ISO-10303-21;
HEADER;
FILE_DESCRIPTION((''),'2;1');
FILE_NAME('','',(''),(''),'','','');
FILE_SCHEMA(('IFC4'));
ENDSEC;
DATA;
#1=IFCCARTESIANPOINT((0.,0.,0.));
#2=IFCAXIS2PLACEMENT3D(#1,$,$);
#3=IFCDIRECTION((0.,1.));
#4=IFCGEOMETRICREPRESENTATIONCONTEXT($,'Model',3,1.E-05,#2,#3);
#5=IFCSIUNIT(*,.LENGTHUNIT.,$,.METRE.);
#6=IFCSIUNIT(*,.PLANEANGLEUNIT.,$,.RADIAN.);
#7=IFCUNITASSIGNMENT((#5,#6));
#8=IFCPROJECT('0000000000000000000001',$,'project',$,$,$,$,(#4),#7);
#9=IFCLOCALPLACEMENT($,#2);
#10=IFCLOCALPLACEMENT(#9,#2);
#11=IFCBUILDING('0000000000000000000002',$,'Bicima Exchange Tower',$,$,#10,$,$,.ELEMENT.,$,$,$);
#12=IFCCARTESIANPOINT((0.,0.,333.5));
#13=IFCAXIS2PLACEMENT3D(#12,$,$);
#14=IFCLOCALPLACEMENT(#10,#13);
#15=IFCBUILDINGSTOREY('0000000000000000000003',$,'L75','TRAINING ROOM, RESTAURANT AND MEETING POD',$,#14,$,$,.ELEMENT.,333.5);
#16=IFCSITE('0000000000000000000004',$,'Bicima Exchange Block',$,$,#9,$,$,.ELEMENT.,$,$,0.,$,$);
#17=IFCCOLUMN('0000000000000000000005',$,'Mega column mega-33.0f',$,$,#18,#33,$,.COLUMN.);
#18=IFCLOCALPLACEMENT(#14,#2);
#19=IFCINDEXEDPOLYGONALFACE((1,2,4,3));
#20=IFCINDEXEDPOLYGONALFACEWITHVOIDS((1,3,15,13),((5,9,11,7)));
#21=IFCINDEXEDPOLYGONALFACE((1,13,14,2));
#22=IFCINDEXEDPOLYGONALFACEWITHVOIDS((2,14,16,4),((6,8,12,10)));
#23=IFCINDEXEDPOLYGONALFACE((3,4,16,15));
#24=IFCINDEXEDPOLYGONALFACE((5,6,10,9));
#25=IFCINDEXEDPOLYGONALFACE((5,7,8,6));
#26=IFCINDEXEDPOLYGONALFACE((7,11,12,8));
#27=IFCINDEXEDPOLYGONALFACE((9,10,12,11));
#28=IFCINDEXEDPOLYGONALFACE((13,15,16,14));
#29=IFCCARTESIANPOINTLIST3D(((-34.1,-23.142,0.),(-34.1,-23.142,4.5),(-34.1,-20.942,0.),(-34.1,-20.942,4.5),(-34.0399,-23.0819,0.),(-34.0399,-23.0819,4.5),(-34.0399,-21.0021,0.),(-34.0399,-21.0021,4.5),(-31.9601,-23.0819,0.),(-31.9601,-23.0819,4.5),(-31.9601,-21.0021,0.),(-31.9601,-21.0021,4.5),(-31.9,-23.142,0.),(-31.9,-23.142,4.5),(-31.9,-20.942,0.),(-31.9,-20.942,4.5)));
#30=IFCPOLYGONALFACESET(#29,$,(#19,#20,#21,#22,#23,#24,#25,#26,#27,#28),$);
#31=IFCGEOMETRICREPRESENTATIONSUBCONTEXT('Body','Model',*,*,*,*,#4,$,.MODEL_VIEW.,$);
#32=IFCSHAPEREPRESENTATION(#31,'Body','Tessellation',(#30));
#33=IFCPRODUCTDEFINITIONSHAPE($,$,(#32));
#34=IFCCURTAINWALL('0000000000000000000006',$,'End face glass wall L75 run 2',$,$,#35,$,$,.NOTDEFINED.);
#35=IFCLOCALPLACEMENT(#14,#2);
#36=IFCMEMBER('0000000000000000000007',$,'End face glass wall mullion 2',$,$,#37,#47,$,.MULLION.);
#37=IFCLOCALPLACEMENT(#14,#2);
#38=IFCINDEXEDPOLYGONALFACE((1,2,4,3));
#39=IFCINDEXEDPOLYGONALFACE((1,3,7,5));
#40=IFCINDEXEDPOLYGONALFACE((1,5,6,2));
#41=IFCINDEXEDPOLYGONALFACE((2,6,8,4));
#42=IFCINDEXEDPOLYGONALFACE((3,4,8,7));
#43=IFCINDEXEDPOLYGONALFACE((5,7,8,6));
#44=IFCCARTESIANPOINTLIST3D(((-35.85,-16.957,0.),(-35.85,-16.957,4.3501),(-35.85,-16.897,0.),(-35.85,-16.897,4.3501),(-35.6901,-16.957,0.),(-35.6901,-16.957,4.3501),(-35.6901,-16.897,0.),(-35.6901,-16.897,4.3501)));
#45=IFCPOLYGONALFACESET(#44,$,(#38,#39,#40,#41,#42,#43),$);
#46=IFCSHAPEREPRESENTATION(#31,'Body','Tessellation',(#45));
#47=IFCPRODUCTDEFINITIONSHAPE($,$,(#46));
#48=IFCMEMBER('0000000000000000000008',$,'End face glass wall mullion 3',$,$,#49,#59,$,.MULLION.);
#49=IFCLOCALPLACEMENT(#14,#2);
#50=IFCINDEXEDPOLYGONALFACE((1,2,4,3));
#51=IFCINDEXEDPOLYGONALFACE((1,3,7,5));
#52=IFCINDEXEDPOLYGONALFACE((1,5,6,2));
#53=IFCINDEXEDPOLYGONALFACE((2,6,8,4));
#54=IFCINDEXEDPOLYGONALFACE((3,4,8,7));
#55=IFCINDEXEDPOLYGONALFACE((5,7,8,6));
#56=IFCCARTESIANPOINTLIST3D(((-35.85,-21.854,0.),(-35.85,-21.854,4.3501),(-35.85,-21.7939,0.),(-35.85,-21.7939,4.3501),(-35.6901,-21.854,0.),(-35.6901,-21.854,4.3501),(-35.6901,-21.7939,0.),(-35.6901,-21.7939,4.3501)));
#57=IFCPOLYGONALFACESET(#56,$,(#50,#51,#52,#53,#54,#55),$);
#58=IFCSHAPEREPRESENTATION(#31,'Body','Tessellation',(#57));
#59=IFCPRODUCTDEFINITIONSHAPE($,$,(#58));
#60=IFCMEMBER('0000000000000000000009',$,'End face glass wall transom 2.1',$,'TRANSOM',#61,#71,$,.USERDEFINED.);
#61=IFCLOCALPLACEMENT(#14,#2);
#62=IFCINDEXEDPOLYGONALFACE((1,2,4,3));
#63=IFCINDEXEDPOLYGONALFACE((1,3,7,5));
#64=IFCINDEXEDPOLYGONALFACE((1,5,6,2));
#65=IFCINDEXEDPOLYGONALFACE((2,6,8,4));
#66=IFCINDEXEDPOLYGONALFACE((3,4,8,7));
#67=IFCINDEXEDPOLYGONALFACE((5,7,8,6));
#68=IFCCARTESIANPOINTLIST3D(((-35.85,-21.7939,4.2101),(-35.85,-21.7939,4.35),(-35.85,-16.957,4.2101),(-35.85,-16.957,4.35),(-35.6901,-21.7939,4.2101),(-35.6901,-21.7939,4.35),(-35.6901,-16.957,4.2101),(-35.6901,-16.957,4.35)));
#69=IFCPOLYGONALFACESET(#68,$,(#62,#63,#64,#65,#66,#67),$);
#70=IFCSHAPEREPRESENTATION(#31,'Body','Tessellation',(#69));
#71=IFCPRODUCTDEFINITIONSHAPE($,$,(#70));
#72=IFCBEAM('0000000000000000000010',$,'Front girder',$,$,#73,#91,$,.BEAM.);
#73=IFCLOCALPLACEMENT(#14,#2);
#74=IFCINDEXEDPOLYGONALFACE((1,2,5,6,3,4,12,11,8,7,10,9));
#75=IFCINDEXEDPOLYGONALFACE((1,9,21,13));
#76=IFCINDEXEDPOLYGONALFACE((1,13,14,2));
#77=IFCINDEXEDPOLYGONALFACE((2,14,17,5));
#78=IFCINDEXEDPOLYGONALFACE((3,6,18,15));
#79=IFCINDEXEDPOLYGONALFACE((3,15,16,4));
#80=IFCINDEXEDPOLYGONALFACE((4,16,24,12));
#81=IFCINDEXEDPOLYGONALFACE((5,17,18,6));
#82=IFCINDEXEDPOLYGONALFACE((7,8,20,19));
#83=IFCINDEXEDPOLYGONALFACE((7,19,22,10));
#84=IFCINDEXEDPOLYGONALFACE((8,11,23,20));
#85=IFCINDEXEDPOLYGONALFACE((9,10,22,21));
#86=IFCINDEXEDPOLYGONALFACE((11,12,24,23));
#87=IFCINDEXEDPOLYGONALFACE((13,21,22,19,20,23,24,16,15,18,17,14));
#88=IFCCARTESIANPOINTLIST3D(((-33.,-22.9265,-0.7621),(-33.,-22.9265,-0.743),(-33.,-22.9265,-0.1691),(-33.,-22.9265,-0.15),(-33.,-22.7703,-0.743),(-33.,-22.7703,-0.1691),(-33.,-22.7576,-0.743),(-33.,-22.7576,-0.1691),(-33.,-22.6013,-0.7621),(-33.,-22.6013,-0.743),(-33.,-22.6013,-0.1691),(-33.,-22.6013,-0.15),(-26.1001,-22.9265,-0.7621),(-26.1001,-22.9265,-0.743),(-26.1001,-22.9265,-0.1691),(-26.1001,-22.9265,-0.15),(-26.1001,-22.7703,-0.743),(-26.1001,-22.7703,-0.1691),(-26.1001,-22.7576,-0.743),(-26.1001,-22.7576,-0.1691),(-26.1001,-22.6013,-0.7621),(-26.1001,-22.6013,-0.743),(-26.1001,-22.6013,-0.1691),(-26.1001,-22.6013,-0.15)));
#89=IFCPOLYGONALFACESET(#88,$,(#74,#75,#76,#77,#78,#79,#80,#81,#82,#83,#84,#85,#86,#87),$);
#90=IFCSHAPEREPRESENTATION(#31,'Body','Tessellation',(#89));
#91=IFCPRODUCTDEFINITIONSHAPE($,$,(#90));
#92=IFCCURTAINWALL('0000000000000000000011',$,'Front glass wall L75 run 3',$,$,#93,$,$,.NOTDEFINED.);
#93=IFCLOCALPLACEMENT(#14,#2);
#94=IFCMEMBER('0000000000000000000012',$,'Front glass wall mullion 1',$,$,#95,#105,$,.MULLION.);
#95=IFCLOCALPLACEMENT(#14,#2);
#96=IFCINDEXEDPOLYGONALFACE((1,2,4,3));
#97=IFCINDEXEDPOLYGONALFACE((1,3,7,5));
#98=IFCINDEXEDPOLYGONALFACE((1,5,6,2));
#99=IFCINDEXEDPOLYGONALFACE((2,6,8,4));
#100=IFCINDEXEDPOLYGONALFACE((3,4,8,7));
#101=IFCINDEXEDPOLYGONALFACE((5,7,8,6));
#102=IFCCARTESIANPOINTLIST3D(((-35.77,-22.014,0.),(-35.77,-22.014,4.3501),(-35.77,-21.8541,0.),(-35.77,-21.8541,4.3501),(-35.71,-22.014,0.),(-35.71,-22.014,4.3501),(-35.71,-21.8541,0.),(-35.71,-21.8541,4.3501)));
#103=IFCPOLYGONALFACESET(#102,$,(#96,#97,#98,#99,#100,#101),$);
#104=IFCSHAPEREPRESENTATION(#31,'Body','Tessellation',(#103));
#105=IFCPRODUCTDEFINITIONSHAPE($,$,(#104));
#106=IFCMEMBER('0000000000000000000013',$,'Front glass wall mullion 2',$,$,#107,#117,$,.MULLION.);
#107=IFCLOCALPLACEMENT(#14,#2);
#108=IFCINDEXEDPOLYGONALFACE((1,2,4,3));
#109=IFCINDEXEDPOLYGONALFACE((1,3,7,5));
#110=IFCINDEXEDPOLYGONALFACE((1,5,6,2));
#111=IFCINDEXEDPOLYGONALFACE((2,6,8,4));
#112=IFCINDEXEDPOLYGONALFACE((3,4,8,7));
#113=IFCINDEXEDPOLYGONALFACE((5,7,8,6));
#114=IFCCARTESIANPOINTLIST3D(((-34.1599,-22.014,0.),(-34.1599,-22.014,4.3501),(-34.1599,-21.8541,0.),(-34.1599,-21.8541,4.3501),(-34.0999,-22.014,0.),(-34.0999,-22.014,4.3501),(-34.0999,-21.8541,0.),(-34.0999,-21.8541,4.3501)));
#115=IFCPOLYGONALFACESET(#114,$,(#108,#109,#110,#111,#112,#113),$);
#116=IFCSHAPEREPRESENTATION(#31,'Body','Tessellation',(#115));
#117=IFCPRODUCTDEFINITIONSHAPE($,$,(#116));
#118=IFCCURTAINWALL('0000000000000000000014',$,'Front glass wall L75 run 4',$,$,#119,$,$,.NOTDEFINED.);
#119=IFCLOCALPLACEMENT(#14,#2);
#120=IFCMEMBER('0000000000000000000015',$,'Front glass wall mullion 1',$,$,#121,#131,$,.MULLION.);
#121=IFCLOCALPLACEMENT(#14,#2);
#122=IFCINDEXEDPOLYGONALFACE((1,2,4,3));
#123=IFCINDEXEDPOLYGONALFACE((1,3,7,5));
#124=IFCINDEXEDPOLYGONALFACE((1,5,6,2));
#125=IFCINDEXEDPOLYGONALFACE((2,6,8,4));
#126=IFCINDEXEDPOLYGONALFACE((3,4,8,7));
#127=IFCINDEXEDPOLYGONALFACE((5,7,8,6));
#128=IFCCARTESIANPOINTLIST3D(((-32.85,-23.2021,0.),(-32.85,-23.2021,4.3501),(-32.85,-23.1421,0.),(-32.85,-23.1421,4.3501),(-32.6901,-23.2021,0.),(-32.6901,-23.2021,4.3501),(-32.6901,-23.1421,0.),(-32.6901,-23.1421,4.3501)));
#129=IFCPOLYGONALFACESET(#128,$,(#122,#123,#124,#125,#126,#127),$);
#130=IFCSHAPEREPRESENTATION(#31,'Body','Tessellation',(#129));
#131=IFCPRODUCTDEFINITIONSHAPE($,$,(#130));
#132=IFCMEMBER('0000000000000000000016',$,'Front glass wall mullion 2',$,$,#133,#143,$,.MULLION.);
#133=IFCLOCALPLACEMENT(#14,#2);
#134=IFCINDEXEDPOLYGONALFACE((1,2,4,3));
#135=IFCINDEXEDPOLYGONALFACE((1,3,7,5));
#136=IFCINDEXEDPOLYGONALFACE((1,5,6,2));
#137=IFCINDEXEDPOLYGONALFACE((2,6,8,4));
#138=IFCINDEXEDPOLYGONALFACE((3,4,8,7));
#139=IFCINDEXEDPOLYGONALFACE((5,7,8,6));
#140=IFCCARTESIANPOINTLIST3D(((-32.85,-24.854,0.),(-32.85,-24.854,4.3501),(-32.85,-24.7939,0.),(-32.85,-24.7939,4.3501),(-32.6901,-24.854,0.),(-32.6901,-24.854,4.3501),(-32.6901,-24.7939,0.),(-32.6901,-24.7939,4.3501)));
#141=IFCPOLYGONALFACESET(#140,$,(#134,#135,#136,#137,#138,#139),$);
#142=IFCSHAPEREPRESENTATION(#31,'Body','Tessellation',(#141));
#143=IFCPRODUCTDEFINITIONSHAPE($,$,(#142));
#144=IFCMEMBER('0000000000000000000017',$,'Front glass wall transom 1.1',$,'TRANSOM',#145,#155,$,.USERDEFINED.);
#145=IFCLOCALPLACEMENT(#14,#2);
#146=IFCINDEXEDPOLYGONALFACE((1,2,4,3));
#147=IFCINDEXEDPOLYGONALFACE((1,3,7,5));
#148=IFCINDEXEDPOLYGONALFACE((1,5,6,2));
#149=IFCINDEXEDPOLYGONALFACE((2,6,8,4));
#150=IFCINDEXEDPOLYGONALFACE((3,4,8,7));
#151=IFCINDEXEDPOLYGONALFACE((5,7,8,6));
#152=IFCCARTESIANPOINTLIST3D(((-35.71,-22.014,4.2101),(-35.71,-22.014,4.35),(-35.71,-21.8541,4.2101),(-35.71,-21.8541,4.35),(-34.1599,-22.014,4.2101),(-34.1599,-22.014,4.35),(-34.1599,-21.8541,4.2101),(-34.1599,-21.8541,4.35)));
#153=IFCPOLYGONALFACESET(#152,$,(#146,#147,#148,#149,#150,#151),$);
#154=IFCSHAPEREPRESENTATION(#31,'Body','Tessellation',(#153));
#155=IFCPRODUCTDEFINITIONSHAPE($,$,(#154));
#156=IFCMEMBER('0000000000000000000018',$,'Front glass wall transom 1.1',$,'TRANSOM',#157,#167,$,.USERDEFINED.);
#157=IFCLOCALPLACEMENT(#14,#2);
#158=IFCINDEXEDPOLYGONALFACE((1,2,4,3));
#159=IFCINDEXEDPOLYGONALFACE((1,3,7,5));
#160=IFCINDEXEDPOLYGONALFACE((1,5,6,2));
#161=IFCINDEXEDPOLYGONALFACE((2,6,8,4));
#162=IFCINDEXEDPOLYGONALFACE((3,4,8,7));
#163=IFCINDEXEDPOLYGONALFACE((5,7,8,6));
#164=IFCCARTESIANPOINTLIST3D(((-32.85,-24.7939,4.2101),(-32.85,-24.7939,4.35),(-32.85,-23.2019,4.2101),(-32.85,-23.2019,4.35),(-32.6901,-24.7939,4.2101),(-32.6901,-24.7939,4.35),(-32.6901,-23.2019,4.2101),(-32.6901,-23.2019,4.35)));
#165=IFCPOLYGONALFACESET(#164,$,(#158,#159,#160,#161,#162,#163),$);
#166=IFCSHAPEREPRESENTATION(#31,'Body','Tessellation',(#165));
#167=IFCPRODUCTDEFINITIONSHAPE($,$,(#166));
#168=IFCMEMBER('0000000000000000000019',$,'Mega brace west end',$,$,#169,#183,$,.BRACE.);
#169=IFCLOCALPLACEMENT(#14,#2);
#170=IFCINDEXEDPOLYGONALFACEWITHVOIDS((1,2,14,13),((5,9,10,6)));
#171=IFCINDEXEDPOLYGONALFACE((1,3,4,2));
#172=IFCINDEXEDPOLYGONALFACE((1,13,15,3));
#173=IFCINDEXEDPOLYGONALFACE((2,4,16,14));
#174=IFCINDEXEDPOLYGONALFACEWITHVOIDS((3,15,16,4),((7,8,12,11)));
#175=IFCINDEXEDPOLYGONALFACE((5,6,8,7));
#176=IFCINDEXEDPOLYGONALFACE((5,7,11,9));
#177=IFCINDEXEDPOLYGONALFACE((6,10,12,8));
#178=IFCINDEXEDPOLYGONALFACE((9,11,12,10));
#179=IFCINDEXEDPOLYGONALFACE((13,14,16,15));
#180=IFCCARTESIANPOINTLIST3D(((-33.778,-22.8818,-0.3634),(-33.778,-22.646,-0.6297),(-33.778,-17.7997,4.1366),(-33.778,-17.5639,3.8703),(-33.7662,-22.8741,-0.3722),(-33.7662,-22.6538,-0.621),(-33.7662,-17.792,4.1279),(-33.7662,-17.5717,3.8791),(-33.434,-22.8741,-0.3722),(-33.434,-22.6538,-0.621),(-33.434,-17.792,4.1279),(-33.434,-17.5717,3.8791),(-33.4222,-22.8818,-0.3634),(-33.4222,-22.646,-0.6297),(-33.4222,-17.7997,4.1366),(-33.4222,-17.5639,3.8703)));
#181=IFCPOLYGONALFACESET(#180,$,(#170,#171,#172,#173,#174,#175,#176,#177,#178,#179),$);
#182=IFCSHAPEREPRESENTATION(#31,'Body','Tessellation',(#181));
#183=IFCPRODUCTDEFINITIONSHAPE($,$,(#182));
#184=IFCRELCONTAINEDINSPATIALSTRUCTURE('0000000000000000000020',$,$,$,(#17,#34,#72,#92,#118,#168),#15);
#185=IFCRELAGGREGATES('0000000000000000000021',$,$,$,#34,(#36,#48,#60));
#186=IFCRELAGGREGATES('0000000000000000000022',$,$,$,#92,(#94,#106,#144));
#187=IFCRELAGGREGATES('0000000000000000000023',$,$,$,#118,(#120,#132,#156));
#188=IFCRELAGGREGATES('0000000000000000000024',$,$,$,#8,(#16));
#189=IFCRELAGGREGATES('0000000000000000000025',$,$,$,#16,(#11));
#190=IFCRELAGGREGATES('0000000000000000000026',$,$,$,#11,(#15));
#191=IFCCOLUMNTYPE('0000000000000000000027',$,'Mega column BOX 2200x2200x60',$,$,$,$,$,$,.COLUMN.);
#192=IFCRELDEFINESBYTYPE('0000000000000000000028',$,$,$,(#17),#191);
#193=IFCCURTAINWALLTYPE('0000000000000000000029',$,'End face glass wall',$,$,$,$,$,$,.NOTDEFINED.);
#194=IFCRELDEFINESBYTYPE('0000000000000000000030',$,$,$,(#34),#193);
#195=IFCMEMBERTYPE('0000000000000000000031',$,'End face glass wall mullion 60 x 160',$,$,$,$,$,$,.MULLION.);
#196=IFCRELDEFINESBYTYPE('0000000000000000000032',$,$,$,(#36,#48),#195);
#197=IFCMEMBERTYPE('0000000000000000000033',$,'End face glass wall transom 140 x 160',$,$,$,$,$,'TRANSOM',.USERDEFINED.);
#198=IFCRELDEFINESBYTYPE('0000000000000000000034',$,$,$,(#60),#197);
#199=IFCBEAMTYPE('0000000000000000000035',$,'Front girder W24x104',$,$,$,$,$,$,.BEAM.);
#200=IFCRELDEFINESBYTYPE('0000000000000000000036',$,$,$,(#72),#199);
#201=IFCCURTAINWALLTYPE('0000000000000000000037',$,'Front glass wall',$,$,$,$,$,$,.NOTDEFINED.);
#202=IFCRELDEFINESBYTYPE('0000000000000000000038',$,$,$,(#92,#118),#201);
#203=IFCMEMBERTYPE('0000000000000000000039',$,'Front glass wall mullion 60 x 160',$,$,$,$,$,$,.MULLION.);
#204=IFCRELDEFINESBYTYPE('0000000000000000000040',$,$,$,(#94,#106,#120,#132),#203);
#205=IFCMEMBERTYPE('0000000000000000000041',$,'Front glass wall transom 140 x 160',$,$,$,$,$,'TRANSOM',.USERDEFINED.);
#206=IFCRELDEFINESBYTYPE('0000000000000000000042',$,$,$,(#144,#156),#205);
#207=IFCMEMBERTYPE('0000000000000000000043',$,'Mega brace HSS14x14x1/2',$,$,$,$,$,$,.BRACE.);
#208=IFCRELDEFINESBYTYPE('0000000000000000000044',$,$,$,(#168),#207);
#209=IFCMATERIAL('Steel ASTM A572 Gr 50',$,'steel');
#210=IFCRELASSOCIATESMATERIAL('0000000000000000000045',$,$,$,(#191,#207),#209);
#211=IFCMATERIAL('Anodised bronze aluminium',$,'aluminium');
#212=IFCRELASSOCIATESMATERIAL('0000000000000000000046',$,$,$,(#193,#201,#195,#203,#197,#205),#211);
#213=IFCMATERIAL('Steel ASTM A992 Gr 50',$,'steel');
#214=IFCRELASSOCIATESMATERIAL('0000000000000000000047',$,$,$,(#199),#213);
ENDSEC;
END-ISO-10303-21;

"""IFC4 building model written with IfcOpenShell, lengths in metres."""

from ifc_helpers import new_model, si_unit, direction, frame, origin, origin_2d, place, context, subcontext, project, spatial, rectangle, hollow_rectangle, i_section, extrude, material, material_profile, profile_set, type_object, element, aggregate, save


model = new_model("IFC4")

# Units and contexts
model_context = context("Model", 3, precision=1e-05, world=origin(), true_north=direction((0.0, 1.0)))
body_context = subcontext(model_context, "Body", "Model", "MODEL_VIEW")
ifc_project = project(units=[si_unit("LENGTHUNIT", "METRE"), si_unit("PLANEANGLEUNIT", "RADIAN")], contexts=[model_context])

# Site, building, storey
site_placement = place(None, origin())
site = spatial("IfcSite", under=ifc_project, at=site_placement, Name="Bicima Exchange Block", CompositionType="ELEMENT", RefElevation=0.0)
building_placement = place(site_placement, origin())
building = spatial("IfcBuilding", under=site, at=building_placement, Name="Bicima Exchange Tower", CompositionType="ELEMENT")
storey_placement = place(building_placement, frame((0.0, 0.0, 333.5)))
storey = spatial("IfcBuildingStorey", under=building, at=storey_placement, Name="L75", Description="TRAINING ROOM, RESTAURANT AND MEETING POD", CompositionType="ELEMENT", Elevation=333.5)

# Column
ifc_material_1 = material(Name="Steel ASTM A572 Gr 50", Category="steel")
ifc_material_profile_1 = material_profile(ifc_material_1, hollow_rectangle(XDim=2.2, YDim=2.2, WallThickness=0.0601, at=origin_2d()))
ifc_profile_set_1 = profile_set([ifc_material_profile_1], Name="Steel ASTM A572 Gr 50")
column_type = type_object("IfcColumnType", Name="Mega column BOX 2200x2200x60", PredefinedType="COLUMN", material=ifc_profile_set_1)
column_placement = place(storey_placement, frame((-33.0, -22.042, 0.0), z_axis=(0.0, 0.0, 1.0), x_axis=(1.0, 0.0, 0.0)))
element("IfcColumn", 1, at=column_placement, inside=storey, type_object=column_type, Name="Mega column mega-33.0f", PredefinedType="COLUMN", context=body_context, shape_type="SweptSolid", body=[
    extrude(hollow_rectangle(XDim=2.2, YDim=2.2, WallThickness=0.0601, at=origin_2d()), origin(), (0.0, 0.0, 1.0), 4.5),
])

# Curtain wall, members
ifc_material_2 = material(Name="Anodised bronze aluminium", Category="aluminium")
curtain_wall_type_1 = type_object("IfcCurtainWallType", Name="End face glass wall", PredefinedType="NOTDEFINED", material=ifc_material_2)
curtain_wall_1_placement = place(storey_placement, origin())
curtain_wall_1 = element("IfcCurtainWall", 2, at=curtain_wall_1_placement, inside=storey, type_object=curtain_wall_type_1, Name="End face glass wall L75 run 2", PredefinedType="NOTDEFINED")
ifc_material_profile_2 = material_profile(ifc_material_2, rectangle(XDim=0.1599, YDim=0.0601, at=origin_2d()))
ifc_profile_set_2 = profile_set([ifc_material_profile_2], Name="Anodised bronze aluminium")
member_type_1 = type_object("IfcMemberType", Name="End face glass wall mullion 60 x 160", PredefinedType="MULLION", material=ifc_profile_set_2)
member_1_placement = place(storey_placement, frame((-35.77, -16.927, 0.0), z_axis=(0.0, 0.0, 1.0), x_axis=(1.0, 0.0, 0.0)))
member_1 = element("IfcMember", 3, at=member_1_placement, type_object=member_type_1, Name="End face glass wall mullion 2", PredefinedType="MULLION", context=body_context, shape_type="SweptSolid", body=[
    extrude(rectangle(XDim=0.1599, YDim=0.0601, at=origin_2d()), origin(), (0.0, 0.0, 1.0), 4.3501),
])
member_2_placement = place(storey_placement, frame((-35.77, -21.824, 0.0), z_axis=(0.0, 0.0, 1.0), x_axis=(1.0, 0.0, 0.0)))
member_2 = element("IfcMember", 4, at=member_2_placement, type_object=member_type_1, Name="End face glass wall mullion 3", PredefinedType="MULLION", context=body_context, shape_type="SweptSolid", body=[
    extrude(rectangle(XDim=0.1599, YDim=0.0601, at=origin_2d()), origin(), (0.0, 0.0, 1.0), 4.3501),
])
ifc_material_profile_3 = material_profile(ifc_material_2, rectangle(XDim=0.1599, YDim=0.1399, at=origin_2d()))
ifc_profile_set_3 = profile_set([ifc_material_profile_3], Name="Anodised bronze aluminium")
member_type_2 = type_object("IfcMemberType", Name="End face glass wall transom 140 x 160", ElementType="TRANSOM", PredefinedType="USERDEFINED", material=ifc_profile_set_3)
member_3_placement = place(storey_placement, frame((-35.77, -16.957, 4.28), z_axis=(0.0, -1.0, 0.0), x_axis=(1.0, 0.0, 0.0)))
member_3 = element("IfcMember", 5, at=member_3_placement, type_object=member_type_2, Name="End face glass wall transom 2.1", ObjectType="TRANSOM", PredefinedType="USERDEFINED", context=body_context, shape_type="SweptSolid", body=[
    extrude(rectangle(XDim=0.1599, YDim=0.1399, at=origin_2d()), origin(), (0.0, 0.0, 1.0), 4.8369),
])

# Beam
ifc_material_3 = material(Name="Steel ASTM A992 Gr 50", Category="steel")
ifc_material_profile_4 = material_profile(ifc_material_3, i_section(OverallWidth=0.3252, OverallDepth=0.6121, WebThickness=0.0127, FlangeThickness=0.019, at=origin_2d()))
ifc_profile_set_4 = profile_set([ifc_material_profile_4], Name="Steel ASTM A992 Gr 50")
beam_type = type_object("IfcBeamType", Name="Front girder W24x104", PredefinedType="BEAM", material=ifc_profile_set_4)
beam_placement = place(storey_placement, frame((-33.0, -22.7639, -0.4561), z_axis=(1.0, 0.0, 0.0), x_axis=(0.0, 1.0, 0.0)))
element("IfcBeam", 6, at=beam_placement, inside=storey, type_object=beam_type, Name="Front girder", PredefinedType="BEAM", context=body_context, shape_type="SweptSolid", body=[
    extrude(i_section(OverallWidth=0.3252, OverallDepth=0.6121, WebThickness=0.0127, FlangeThickness=0.019, at=origin_2d()), origin(), (0.0, 0.0, 1.0), 6.8999),
])

# Curtain walls, members
curtain_wall_type_2 = type_object("IfcCurtainWallType", Name="Front glass wall", PredefinedType="NOTDEFINED", material=ifc_material_2)
curtain_wall_2_placement = place(storey_placement, origin())
curtain_wall_2 = element("IfcCurtainWall", 7, at=curtain_wall_2_placement, inside=storey, type_object=curtain_wall_type_2, Name="Front glass wall L75 run 3", PredefinedType="NOTDEFINED")
member_type_3 = type_object("IfcMemberType", Name="Front glass wall mullion 60 x 160", PredefinedType="MULLION", material=ifc_profile_set_2)
member_4_placement = place(storey_placement, frame((-35.74, -21.9341, 0.0), z_axis=(0.0, 0.0, 1.0), x_axis=(0.0, 1.0, 0.0)))
member_4 = element("IfcMember", 8, at=member_4_placement, type_object=member_type_3, Name="Front glass wall mullion 1", PredefinedType="MULLION", context=body_context, shape_type="SweptSolid", body=[
    extrude(rectangle(XDim=0.1599, YDim=0.0601, at=origin_2d()), origin(), (0.0, 0.0, 1.0), 4.3501),
])
member_5_placement = place(storey_placement, frame((-34.1299, -21.9341, 0.0), z_axis=(0.0, 0.0, 1.0), x_axis=(0.0, 1.0, 0.0)))
member_5 = element("IfcMember", 9, at=member_5_placement, type_object=member_type_3, Name="Front glass wall mullion 2", PredefinedType="MULLION", context=body_context, shape_type="SweptSolid", body=[
    extrude(rectangle(XDim=0.1599, YDim=0.0601, at=origin_2d()), origin(), (0.0, 0.0, 1.0), 4.3501),
])
curtain_wall_3_placement = place(storey_placement, origin())
curtain_wall_3 = element("IfcCurtainWall", 10, at=curtain_wall_3_placement, inside=storey, type_object=curtain_wall_type_2, Name="Front glass wall L75 run 4", PredefinedType="NOTDEFINED")
member_6_placement = place(storey_placement, frame((-32.77, -23.1721, 0.0), z_axis=(0.0, 0.0, 1.0), x_axis=(1.0, 0.0, 0.0)))
member_6 = element("IfcMember", 11, at=member_6_placement, type_object=member_type_3, Name="Front glass wall mullion 1", PredefinedType="MULLION", context=body_context, shape_type="SweptSolid", body=[
    extrude(rectangle(XDim=0.1599, YDim=0.0601, at=origin_2d()), origin(), (0.0, 0.0, 1.0), 4.3501),
])
member_7_placement = place(storey_placement, frame((-32.77, -24.824, 0.0), z_axis=(0.0, 0.0, 1.0), x_axis=(1.0, 0.0, 0.0)))
member_7 = element("IfcMember", 12, at=member_7_placement, type_object=member_type_3, Name="Front glass wall mullion 2", PredefinedType="MULLION", context=body_context, shape_type="SweptSolid", body=[
    extrude(rectangle(XDim=0.1599, YDim=0.0601, at=origin_2d()), origin(), (0.0, 0.0, 1.0), 4.3501),
])

# Members
member_type_4 = type_object("IfcMemberType", Name="Front glass wall transom 140 x 160", ElementType="TRANSOM", PredefinedType="USERDEFINED", material=ifc_profile_set_3)
member_8_placement = place(storey_placement, frame((-35.71, -21.9341, 4.28), z_axis=(1.0, 0.0, 0.0), x_axis=(0.0, 1.0, 0.0)))
member_8 = element("IfcMember", 13, at=member_8_placement, type_object=member_type_4, Name="Front glass wall transom 1.1", ObjectType="TRANSOM", PredefinedType="USERDEFINED", context=body_context, shape_type="SweptSolid", body=[
    extrude(rectangle(XDim=0.1599, YDim=0.1399, at=origin_2d()), origin(), (0.0, 0.0, 1.0), 1.55),
])
member_9_placement = place(storey_placement, frame((-32.77, -23.2019, 4.28), z_axis=(0.0, -1.0, 0.0), x_axis=(1.0, 0.0, 0.0)))
member_9 = element("IfcMember", 14, at=member_9_placement, type_object=member_type_4, Name="Front glass wall transom 1.1", ObjectType="TRANSOM", PredefinedType="USERDEFINED", context=body_context, shape_type="SweptSolid", body=[
    extrude(rectangle(XDim=0.1599, YDim=0.1399, at=origin_2d()), origin(), (0.0, 0.0, 1.0), 1.592),
])
ifc_material_profile_5 = material_profile(ifc_material_1, hollow_rectangle(XDim=0.3557, YDim=0.3557, WallThickness=0.0117, at=origin_2d()))
ifc_profile_set_5 = profile_set([ifc_material_profile_5], Name="Steel ASTM A572 Gr 50")
member_type_5 = type_object("IfcMemberType", Name="Mega brace HSS14x14x1/2", PredefinedType="BRACE", material=ifc_profile_set_5)
member_10_placement = place(storey_placement, frame((-33.6001, -22.7639, -0.4966), z_axis=(0.0, 0.748678, 0.662934), x_axis=(-1.0, 0.0, 0.0)))
element("IfcMember", 15, at=member_10_placement, inside=storey, type_object=member_type_5, Name="Mega brace west end", PredefinedType="BRACE", context=body_context, shape_type="SweptSolid", body=[
    extrude(hollow_rectangle(XDim=0.3557, YDim=0.3557, WallThickness=0.0117, at=origin_2d()), origin(), (0.0, 0.0, 1.0), 6.7881),
])

aggregate(curtain_wall_1, [member_1, member_2, member_3])
aggregate(curtain_wall_2, [member_4, member_5, member_8])
aggregate(curtain_wall_3, [member_6, member_7, member_9])

save(model, "model.ifc")
